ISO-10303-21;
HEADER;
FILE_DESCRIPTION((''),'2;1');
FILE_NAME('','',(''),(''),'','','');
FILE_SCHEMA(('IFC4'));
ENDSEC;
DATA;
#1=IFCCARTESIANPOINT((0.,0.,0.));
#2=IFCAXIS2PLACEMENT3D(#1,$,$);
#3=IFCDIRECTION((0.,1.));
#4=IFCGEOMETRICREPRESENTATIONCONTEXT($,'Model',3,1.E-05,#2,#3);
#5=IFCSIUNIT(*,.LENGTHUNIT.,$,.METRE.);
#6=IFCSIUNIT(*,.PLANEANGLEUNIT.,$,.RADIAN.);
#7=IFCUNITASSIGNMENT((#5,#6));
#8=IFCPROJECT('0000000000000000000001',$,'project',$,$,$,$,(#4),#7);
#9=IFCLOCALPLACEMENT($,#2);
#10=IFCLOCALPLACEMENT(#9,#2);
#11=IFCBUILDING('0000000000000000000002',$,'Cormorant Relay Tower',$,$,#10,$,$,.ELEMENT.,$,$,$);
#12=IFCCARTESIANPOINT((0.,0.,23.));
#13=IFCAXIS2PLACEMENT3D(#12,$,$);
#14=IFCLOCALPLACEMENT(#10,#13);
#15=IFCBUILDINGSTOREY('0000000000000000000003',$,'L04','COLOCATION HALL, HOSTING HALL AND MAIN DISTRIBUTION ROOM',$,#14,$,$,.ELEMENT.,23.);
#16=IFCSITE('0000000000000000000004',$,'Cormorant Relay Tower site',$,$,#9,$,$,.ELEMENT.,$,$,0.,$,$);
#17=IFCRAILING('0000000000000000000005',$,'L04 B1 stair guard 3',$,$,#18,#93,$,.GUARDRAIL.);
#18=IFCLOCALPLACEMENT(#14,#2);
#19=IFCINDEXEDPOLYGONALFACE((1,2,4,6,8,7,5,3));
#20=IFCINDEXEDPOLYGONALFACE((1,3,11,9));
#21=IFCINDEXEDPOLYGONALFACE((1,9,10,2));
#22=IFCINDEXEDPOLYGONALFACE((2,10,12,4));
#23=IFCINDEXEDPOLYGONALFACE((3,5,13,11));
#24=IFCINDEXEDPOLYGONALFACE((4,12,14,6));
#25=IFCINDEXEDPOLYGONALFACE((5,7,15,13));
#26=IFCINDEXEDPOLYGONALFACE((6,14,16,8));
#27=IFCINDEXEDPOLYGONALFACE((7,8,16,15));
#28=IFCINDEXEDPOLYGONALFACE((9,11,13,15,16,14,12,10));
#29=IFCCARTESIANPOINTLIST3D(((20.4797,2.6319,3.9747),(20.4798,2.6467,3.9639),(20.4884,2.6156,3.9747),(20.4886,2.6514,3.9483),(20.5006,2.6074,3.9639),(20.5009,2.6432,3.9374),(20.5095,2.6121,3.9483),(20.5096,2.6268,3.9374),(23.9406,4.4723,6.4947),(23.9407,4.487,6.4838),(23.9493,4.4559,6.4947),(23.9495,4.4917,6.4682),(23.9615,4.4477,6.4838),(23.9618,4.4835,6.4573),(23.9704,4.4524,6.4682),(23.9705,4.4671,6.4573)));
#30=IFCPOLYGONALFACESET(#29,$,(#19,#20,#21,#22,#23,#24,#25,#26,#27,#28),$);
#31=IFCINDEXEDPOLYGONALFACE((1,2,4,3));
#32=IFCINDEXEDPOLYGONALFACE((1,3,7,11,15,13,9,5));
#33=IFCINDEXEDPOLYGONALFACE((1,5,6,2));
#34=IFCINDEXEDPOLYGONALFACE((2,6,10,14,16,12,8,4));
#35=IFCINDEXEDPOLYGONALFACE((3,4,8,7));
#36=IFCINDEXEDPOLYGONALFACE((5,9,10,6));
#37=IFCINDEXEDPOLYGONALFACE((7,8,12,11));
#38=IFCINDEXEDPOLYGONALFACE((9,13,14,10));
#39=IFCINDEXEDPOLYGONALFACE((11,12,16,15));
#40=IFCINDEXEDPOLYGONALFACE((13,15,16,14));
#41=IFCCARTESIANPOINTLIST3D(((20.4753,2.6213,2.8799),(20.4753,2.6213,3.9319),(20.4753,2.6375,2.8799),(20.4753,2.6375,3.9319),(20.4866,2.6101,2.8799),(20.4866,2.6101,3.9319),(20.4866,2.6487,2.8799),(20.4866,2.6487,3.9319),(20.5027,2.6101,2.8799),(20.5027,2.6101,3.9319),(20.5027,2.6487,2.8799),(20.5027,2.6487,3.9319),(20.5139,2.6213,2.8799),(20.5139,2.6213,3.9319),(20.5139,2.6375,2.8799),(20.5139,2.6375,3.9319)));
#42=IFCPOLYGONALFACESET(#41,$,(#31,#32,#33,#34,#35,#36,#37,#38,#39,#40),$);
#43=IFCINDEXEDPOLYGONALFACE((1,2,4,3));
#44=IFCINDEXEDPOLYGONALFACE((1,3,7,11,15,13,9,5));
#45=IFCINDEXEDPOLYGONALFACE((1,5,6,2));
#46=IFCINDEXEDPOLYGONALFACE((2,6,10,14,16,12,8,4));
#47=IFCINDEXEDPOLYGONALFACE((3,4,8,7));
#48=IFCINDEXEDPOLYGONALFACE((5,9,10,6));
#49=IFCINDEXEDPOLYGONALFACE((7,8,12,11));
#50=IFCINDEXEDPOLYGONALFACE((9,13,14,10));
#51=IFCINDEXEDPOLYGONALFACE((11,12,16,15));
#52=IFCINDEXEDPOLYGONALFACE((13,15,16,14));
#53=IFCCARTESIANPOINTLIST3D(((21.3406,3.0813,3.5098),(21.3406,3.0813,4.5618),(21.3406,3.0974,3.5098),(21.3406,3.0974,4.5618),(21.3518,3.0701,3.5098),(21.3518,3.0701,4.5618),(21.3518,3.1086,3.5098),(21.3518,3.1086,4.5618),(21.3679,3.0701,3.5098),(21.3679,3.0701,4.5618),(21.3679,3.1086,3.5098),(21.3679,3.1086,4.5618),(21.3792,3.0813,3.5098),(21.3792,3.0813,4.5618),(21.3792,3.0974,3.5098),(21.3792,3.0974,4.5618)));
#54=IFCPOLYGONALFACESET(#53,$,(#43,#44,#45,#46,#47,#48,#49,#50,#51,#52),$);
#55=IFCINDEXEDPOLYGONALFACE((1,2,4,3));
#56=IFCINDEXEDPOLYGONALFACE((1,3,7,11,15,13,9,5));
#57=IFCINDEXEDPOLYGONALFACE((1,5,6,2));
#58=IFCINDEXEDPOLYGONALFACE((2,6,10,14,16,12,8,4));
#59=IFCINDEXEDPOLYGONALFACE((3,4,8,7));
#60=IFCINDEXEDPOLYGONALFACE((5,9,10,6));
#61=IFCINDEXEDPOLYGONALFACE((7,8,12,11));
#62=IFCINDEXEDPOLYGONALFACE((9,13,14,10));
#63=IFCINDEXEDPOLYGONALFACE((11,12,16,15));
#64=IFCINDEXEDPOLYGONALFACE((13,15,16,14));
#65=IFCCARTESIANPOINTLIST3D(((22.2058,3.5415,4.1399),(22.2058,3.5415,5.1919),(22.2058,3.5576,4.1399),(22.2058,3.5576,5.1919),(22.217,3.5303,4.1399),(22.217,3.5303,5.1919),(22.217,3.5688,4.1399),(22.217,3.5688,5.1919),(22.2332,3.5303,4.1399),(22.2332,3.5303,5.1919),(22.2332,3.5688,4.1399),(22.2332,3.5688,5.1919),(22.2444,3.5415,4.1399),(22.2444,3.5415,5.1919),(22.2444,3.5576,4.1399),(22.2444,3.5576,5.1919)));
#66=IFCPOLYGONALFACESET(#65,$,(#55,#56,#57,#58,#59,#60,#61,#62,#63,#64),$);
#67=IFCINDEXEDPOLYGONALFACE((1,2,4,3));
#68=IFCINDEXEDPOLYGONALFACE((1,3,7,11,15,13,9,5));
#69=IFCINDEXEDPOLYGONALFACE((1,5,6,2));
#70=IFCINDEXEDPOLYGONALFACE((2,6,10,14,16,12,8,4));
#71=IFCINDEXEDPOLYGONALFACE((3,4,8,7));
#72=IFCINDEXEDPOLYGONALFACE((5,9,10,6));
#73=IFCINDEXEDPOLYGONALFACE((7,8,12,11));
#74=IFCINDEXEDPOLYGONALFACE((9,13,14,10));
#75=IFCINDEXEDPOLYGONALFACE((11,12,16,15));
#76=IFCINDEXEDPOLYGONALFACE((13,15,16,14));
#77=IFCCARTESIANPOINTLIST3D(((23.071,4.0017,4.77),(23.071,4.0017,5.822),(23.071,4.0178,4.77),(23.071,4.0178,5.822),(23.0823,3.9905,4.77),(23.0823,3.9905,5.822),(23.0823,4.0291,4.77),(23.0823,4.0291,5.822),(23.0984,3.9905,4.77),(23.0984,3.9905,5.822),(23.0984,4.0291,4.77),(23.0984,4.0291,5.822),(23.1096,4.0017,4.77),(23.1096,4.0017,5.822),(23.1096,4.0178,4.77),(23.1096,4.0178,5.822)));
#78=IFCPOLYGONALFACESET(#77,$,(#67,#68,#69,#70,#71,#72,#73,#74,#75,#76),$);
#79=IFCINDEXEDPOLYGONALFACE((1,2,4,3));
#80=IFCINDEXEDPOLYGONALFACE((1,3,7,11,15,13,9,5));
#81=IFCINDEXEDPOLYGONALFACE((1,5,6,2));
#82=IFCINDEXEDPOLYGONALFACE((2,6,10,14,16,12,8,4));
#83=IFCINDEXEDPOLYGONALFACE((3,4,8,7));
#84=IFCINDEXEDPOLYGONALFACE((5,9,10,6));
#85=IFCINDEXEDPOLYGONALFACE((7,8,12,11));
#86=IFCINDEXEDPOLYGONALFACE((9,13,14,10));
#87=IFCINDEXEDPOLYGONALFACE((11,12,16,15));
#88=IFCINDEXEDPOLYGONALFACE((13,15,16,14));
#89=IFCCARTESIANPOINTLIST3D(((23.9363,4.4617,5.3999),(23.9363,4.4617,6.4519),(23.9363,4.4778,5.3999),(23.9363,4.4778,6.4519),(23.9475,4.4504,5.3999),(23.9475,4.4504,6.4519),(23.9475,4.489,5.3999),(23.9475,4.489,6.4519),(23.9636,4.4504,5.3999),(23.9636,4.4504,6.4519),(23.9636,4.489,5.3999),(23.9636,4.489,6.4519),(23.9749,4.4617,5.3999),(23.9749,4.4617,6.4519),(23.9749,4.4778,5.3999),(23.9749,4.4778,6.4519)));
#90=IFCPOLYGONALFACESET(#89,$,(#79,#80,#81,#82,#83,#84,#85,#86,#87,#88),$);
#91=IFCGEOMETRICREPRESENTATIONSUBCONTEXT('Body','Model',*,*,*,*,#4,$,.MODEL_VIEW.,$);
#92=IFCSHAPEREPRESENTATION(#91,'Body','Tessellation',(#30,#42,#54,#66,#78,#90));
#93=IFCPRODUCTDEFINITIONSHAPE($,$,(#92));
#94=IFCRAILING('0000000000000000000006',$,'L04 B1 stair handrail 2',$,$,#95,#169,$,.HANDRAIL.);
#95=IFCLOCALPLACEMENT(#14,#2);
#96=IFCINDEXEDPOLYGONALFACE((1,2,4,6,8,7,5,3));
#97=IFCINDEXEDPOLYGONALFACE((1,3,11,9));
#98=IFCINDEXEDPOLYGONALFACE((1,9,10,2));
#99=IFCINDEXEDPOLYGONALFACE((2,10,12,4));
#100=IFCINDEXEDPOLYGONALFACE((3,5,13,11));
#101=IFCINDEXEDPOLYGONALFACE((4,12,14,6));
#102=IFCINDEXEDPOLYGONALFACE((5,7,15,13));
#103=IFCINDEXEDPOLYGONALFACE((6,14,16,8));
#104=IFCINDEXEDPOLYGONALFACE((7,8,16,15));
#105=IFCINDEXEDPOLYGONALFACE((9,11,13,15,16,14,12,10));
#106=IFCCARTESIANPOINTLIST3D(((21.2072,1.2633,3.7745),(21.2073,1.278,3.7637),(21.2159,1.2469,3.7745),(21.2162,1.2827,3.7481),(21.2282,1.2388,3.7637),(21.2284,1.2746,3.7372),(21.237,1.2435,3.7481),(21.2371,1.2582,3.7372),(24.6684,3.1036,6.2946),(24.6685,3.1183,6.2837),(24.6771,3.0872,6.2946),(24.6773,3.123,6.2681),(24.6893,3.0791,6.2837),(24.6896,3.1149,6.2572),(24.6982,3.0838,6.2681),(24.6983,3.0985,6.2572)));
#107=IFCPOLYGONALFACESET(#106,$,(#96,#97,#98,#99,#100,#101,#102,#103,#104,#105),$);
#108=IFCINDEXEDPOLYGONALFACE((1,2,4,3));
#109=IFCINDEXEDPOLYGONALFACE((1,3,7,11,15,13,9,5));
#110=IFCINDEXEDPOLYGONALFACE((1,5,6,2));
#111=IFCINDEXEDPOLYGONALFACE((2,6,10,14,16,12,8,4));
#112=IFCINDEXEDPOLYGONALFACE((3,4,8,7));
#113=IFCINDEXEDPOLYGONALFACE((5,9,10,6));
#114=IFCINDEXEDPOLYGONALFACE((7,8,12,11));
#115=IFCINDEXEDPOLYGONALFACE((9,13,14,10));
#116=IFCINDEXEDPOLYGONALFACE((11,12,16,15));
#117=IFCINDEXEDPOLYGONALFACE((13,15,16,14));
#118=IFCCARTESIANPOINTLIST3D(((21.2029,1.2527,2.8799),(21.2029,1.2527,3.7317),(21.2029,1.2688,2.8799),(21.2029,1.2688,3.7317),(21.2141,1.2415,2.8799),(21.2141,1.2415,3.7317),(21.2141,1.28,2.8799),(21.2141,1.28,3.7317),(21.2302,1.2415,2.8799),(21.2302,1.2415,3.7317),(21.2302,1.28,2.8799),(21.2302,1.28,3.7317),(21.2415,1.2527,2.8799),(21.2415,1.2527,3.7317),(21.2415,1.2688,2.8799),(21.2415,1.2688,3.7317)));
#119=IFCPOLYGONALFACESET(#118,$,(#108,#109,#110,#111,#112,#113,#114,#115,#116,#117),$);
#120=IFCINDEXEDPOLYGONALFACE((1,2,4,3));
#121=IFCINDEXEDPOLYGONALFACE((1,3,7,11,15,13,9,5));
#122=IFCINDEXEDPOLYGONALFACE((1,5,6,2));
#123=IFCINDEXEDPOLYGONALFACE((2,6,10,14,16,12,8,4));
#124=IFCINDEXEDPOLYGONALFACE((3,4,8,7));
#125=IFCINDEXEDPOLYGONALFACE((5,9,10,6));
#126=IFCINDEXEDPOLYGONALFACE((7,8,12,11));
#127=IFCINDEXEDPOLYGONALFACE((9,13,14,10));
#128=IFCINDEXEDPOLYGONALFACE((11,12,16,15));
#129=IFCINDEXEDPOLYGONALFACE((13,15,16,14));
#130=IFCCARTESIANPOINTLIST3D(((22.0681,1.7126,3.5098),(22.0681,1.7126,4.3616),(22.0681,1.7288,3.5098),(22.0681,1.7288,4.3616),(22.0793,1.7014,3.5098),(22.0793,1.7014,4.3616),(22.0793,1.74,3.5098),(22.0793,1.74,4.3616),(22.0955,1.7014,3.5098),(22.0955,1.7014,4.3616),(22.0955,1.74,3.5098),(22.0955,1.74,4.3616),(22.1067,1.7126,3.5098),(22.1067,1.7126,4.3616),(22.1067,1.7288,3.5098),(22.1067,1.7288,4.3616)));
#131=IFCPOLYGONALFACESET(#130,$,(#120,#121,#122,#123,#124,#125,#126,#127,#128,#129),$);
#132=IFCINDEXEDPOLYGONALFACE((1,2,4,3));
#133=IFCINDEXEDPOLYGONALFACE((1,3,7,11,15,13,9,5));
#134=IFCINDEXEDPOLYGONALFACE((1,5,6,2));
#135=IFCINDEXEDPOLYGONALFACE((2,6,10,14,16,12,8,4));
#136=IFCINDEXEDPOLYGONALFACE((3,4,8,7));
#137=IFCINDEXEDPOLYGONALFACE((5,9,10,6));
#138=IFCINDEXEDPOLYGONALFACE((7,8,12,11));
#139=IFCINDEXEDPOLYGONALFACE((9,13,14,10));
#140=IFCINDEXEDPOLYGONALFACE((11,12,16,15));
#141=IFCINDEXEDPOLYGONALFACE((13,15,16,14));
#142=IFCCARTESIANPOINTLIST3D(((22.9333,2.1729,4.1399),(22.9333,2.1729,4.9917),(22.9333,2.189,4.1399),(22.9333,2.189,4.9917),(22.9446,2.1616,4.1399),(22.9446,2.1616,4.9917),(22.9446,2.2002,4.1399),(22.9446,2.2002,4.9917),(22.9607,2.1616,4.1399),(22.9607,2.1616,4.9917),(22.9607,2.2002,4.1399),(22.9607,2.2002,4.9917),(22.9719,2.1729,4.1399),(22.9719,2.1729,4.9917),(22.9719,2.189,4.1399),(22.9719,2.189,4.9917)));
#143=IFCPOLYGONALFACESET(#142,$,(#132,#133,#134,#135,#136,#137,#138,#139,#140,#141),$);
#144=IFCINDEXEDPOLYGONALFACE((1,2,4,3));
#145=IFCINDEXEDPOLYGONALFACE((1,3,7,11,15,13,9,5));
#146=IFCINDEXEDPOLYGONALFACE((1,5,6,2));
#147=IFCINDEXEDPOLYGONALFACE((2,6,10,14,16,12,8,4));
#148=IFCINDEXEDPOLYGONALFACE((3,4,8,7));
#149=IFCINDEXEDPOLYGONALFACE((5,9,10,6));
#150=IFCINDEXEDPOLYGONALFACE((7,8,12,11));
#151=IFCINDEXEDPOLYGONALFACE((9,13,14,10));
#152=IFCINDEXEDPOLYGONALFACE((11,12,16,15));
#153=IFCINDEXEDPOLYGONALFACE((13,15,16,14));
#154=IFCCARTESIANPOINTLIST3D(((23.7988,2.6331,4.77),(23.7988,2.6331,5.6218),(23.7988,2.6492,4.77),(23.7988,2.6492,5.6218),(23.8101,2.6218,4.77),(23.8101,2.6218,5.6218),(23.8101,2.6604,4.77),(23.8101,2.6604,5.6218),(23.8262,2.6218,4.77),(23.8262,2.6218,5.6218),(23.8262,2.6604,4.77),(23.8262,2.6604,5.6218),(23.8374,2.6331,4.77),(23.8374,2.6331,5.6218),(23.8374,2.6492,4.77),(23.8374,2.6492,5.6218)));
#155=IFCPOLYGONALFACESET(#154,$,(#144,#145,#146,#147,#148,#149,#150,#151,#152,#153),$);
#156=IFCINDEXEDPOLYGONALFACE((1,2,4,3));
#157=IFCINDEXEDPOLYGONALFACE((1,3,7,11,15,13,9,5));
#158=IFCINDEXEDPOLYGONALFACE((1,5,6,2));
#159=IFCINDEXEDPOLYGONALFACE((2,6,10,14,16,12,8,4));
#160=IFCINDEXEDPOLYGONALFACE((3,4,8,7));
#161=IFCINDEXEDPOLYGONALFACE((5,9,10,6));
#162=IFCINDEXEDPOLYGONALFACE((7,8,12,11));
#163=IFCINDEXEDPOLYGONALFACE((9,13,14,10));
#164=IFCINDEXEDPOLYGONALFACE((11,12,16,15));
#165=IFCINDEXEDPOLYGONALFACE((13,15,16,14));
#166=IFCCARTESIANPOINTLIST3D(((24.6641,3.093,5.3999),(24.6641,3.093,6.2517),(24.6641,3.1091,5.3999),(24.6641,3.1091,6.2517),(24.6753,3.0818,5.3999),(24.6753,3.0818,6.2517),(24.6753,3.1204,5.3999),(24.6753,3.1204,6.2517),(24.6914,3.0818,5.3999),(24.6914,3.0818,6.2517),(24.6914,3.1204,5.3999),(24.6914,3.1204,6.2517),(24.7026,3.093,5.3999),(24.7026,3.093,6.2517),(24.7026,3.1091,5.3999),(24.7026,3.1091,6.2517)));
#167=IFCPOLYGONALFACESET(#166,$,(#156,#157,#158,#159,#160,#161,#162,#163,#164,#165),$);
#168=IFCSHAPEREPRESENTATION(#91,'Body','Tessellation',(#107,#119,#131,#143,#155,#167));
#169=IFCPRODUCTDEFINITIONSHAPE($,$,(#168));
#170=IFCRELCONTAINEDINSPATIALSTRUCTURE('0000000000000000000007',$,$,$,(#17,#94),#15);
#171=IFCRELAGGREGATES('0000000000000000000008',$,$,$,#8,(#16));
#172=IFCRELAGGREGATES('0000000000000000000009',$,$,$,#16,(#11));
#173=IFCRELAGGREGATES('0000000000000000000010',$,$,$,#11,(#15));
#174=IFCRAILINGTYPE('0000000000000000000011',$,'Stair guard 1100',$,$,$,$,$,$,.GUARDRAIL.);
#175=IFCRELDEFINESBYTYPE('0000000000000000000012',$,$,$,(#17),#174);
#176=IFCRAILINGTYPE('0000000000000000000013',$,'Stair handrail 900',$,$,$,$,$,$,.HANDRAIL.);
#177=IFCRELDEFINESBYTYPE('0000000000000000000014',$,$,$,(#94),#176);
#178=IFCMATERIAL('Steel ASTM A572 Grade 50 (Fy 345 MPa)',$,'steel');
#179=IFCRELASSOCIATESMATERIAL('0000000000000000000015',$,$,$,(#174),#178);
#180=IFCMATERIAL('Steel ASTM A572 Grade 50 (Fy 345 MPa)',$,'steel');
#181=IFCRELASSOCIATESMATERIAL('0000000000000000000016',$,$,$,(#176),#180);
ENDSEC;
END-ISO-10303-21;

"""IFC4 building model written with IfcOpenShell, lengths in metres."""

from ifc_helpers import new_model, si_unit, direction, frame, origin, place, context, subcontext, project, spatial, polyline, outline, extrude, material, type_object, element, save


model = new_model("IFC4")

# Units and contexts
model_context = context("Model", 3, precision=1e-05, world=origin(), true_north=direction((0.0, 1.0)))
body_context = subcontext(model_context, "Body", "Model", "MODEL_VIEW")
ifc_project = project(units=[si_unit("LENGTHUNIT", "METRE"), si_unit("PLANEANGLEUNIT", "RADIAN")], contexts=[model_context])

# Site, building, storey
site_placement = place(None, origin())
site = spatial("IfcSite", under=ifc_project, at=site_placement, Name="Cormorant Relay Tower site", CompositionType="ELEMENT", RefElevation=0.0)
building_placement = place(site_placement, origin())
building = spatial("IfcBuilding", under=site, at=building_placement, Name="Cormorant Relay Tower", CompositionType="ELEMENT")
storey_placement = place(building_placement, frame((0.0, 0.0, 23.0)))
storey = spatial("IfcBuildingStorey", under=building, at=storey_placement, Name="L04", Description="COLOCATION HALL, HOSTING HALL AND MAIN DISTRIBUTION ROOM", CompositionType="ELEMENT", Elevation=23.0)

# Railings
ifc_material_1 = material(Name="Steel ASTM A572 Grade 50 (Fy 345 MPa)", Category="steel")
railing_type_1 = type_object("IfcRailingType", Name="Stair guard 1100", PredefinedType="GUARDRAIL", material=ifc_material_1)
railing_1_placement = place(storey_placement, frame((20.4946, 2.6294, 2.8799)))
element("IfcRailing", 1, at=railing_1_placement, inside=storey, type_object=railing_type_1, Name="L04 B1 stair guard 3", PredefinedType="GUARDRAIL", context=body_context, shape_type="SweptSolid", body=[
    extrude(outline(polyline([(0.0222, 0.0093), (0.0093, 0.0222), (-0.0093, 0.0222), (-0.0222, 0.0093), (-0.0222, -0.0093), (-0.0093, -0.0222), (0.0093, -0.0222), (0.0222, -0.0093), (0.0222, 0.0093)])), frame((0.0, 0.0, 1.0762), z_axis=(0.742694, 0.394923, 0.540779), x_axis=(-0.469495, 0.882935, 0.0)), (0.0, 0.0, 1.0), 4.6599),
    extrude(outline(polyline([(0.0193, 0.0081), (0.0081, 0.0193), (-0.0081, 0.0193), (-0.0193, 0.0081), (-0.0193, -0.0081), (-0.0081, -0.0193), (0.0081, -0.0193), (0.0193, -0.0081), (0.0193, 0.0081)])), origin(), (0.0, 0.0, 1.0), 1.052),
    extrude(outline(polyline([(0.0193, 0.0081), (0.0081, 0.0193), (-0.0081, 0.0193), (-0.0193, 0.0081), (-0.0193, -0.0081), (-0.0081, -0.0193), (0.0081, -0.0193), (0.0193, -0.0081), (0.0193, 0.0081)])), frame((0.8652, 0.46, 0.6299)), (0.0, 0.0, 1.0), 1.052),
    extrude(outline(polyline([(0.0193, 0.0081), (0.0081, 0.0193), (-0.0081, 0.0193), (-0.0193, 0.0081), (-0.0193, -0.0081), (-0.0081, -0.0193), (0.0081, -0.0193), (0.0193, -0.0081), (0.0193, 0.0081)])), frame((1.7305, 0.9202, 1.26)), (0.0, 0.0, 1.0), 1.052),
    extrude(outline(polyline([(0.0193, 0.0081), (0.0081, 0.0193), (-0.0081, 0.0193), (-0.0193, 0.0081), (-0.0193, -0.0081), (-0.0081, -0.0193), (0.0081, -0.0193), (0.0193, -0.0081), (0.0193, 0.0081)])), frame((2.5957, 1.3804, 1.8901)), (0.0, 0.0, 1.0), 1.052),
    extrude(outline(polyline([(0.0193, 0.0081), (0.0081, 0.0193), (-0.0081, 0.0193), (-0.0193, 0.0081), (-0.0193, -0.0081), (-0.0081, -0.0193), (0.0081, -0.0193), (0.0193, -0.0081), (0.0193, 0.0081)])), frame((3.4609, 1.8403, 2.52)), (0.0, 0.0, 1.0), 1.052),
])
ifc_material_2 = material(Name="Steel ASTM A572 Grade 50 (Fy 345 MPa)", Category="steel")
railing_type_2 = type_object("IfcRailingType", Name="Stair handrail 900", PredefinedType="HANDRAIL", material=ifc_material_2)
railing_2_placement = place(storey_placement, frame((21.2222, 1.2607, 2.8799)))
element("IfcRailing", 2, at=railing_2_placement, inside=storey, type_object=railing_type_2, Name="L04 B1 stair handrail 2", PredefinedType="HANDRAIL", context=body_context, shape_type="SweptSolid", body=[
    extrude(outline(polyline([(0.0222, 0.0093), (0.0093, 0.0222), (-0.0093, 0.0222), (-0.0222, 0.0093), (-0.0222, -0.0093), (-0.0093, -0.0222), (0.0093, -0.0222), (0.0222, -0.0093), (0.0222, 0.0093)])), frame((0.0, 0.0, 0.876), z_axis=(0.742717, 0.394907, 0.540758), x_axis=(-0.469469, 0.882949, 0.0)), (0.0, 0.0, 1.0), 4.6602),
    extrude(outline(polyline([(0.0193, 0.0081), (0.0081, 0.0193), (-0.0081, 0.0193), (-0.0193, 0.0081), (-0.0193, -0.0081), (-0.0081, -0.0193), (0.0081, -0.0193), (0.0193, -0.0081), (0.0193, 0.0081)])), origin(), (0.0, 0.0, 1.0), 0.8518),
    extrude(outline(polyline([(0.0193, 0.0081), (0.0081, 0.0193), (-0.0081, 0.0193), (-0.0193, 0.0081), (-0.0193, -0.0081), (-0.0081, -0.0193), (0.0081, -0.0193), (0.0193, -0.0081), (0.0193, 0.0081)])), frame((0.8652, 0.46, 0.6299)), (0.0, 0.0, 1.0), 0.8518),
    extrude(outline(polyline([(0.0193, 0.0081), (0.0081, 0.0193), (-0.0081, 0.0193), (-0.0193, 0.0081), (-0.0193, -0.0081), (-0.0081, -0.0193), (0.0081, -0.0193), (0.0193, -0.0081), (0.0193, 0.0081)])), frame((1.7305, 0.9202, 1.26)), (0.0, 0.0, 1.0), 0.8518),
    extrude(outline(polyline([(0.0193, 0.0081), (0.0081, 0.0193), (-0.0081, 0.0193), (-0.0193, 0.0081), (-0.0193, -0.0081), (-0.0081, -0.0193), (0.0081, -0.0193), (0.0193, -0.0081), (0.0193, 0.0081)])), frame((2.5959, 1.3804, 1.8901)), (0.0, 0.0, 1.0), 0.8518),
    extrude(outline(polyline([(0.0193, 0.0081), (0.0081, 0.0193), (-0.0081, 0.0193), (-0.0193, 0.0081), (-0.0193, -0.0081), (-0.0081, -0.0193), (0.0081, -0.0193), (0.0193, -0.0081), (0.0193, 0.0081)])), frame((3.4612, 1.8403, 2.52)), (0.0, 0.0, 1.0), 0.8518),
])

save(model, "model.ifc")
